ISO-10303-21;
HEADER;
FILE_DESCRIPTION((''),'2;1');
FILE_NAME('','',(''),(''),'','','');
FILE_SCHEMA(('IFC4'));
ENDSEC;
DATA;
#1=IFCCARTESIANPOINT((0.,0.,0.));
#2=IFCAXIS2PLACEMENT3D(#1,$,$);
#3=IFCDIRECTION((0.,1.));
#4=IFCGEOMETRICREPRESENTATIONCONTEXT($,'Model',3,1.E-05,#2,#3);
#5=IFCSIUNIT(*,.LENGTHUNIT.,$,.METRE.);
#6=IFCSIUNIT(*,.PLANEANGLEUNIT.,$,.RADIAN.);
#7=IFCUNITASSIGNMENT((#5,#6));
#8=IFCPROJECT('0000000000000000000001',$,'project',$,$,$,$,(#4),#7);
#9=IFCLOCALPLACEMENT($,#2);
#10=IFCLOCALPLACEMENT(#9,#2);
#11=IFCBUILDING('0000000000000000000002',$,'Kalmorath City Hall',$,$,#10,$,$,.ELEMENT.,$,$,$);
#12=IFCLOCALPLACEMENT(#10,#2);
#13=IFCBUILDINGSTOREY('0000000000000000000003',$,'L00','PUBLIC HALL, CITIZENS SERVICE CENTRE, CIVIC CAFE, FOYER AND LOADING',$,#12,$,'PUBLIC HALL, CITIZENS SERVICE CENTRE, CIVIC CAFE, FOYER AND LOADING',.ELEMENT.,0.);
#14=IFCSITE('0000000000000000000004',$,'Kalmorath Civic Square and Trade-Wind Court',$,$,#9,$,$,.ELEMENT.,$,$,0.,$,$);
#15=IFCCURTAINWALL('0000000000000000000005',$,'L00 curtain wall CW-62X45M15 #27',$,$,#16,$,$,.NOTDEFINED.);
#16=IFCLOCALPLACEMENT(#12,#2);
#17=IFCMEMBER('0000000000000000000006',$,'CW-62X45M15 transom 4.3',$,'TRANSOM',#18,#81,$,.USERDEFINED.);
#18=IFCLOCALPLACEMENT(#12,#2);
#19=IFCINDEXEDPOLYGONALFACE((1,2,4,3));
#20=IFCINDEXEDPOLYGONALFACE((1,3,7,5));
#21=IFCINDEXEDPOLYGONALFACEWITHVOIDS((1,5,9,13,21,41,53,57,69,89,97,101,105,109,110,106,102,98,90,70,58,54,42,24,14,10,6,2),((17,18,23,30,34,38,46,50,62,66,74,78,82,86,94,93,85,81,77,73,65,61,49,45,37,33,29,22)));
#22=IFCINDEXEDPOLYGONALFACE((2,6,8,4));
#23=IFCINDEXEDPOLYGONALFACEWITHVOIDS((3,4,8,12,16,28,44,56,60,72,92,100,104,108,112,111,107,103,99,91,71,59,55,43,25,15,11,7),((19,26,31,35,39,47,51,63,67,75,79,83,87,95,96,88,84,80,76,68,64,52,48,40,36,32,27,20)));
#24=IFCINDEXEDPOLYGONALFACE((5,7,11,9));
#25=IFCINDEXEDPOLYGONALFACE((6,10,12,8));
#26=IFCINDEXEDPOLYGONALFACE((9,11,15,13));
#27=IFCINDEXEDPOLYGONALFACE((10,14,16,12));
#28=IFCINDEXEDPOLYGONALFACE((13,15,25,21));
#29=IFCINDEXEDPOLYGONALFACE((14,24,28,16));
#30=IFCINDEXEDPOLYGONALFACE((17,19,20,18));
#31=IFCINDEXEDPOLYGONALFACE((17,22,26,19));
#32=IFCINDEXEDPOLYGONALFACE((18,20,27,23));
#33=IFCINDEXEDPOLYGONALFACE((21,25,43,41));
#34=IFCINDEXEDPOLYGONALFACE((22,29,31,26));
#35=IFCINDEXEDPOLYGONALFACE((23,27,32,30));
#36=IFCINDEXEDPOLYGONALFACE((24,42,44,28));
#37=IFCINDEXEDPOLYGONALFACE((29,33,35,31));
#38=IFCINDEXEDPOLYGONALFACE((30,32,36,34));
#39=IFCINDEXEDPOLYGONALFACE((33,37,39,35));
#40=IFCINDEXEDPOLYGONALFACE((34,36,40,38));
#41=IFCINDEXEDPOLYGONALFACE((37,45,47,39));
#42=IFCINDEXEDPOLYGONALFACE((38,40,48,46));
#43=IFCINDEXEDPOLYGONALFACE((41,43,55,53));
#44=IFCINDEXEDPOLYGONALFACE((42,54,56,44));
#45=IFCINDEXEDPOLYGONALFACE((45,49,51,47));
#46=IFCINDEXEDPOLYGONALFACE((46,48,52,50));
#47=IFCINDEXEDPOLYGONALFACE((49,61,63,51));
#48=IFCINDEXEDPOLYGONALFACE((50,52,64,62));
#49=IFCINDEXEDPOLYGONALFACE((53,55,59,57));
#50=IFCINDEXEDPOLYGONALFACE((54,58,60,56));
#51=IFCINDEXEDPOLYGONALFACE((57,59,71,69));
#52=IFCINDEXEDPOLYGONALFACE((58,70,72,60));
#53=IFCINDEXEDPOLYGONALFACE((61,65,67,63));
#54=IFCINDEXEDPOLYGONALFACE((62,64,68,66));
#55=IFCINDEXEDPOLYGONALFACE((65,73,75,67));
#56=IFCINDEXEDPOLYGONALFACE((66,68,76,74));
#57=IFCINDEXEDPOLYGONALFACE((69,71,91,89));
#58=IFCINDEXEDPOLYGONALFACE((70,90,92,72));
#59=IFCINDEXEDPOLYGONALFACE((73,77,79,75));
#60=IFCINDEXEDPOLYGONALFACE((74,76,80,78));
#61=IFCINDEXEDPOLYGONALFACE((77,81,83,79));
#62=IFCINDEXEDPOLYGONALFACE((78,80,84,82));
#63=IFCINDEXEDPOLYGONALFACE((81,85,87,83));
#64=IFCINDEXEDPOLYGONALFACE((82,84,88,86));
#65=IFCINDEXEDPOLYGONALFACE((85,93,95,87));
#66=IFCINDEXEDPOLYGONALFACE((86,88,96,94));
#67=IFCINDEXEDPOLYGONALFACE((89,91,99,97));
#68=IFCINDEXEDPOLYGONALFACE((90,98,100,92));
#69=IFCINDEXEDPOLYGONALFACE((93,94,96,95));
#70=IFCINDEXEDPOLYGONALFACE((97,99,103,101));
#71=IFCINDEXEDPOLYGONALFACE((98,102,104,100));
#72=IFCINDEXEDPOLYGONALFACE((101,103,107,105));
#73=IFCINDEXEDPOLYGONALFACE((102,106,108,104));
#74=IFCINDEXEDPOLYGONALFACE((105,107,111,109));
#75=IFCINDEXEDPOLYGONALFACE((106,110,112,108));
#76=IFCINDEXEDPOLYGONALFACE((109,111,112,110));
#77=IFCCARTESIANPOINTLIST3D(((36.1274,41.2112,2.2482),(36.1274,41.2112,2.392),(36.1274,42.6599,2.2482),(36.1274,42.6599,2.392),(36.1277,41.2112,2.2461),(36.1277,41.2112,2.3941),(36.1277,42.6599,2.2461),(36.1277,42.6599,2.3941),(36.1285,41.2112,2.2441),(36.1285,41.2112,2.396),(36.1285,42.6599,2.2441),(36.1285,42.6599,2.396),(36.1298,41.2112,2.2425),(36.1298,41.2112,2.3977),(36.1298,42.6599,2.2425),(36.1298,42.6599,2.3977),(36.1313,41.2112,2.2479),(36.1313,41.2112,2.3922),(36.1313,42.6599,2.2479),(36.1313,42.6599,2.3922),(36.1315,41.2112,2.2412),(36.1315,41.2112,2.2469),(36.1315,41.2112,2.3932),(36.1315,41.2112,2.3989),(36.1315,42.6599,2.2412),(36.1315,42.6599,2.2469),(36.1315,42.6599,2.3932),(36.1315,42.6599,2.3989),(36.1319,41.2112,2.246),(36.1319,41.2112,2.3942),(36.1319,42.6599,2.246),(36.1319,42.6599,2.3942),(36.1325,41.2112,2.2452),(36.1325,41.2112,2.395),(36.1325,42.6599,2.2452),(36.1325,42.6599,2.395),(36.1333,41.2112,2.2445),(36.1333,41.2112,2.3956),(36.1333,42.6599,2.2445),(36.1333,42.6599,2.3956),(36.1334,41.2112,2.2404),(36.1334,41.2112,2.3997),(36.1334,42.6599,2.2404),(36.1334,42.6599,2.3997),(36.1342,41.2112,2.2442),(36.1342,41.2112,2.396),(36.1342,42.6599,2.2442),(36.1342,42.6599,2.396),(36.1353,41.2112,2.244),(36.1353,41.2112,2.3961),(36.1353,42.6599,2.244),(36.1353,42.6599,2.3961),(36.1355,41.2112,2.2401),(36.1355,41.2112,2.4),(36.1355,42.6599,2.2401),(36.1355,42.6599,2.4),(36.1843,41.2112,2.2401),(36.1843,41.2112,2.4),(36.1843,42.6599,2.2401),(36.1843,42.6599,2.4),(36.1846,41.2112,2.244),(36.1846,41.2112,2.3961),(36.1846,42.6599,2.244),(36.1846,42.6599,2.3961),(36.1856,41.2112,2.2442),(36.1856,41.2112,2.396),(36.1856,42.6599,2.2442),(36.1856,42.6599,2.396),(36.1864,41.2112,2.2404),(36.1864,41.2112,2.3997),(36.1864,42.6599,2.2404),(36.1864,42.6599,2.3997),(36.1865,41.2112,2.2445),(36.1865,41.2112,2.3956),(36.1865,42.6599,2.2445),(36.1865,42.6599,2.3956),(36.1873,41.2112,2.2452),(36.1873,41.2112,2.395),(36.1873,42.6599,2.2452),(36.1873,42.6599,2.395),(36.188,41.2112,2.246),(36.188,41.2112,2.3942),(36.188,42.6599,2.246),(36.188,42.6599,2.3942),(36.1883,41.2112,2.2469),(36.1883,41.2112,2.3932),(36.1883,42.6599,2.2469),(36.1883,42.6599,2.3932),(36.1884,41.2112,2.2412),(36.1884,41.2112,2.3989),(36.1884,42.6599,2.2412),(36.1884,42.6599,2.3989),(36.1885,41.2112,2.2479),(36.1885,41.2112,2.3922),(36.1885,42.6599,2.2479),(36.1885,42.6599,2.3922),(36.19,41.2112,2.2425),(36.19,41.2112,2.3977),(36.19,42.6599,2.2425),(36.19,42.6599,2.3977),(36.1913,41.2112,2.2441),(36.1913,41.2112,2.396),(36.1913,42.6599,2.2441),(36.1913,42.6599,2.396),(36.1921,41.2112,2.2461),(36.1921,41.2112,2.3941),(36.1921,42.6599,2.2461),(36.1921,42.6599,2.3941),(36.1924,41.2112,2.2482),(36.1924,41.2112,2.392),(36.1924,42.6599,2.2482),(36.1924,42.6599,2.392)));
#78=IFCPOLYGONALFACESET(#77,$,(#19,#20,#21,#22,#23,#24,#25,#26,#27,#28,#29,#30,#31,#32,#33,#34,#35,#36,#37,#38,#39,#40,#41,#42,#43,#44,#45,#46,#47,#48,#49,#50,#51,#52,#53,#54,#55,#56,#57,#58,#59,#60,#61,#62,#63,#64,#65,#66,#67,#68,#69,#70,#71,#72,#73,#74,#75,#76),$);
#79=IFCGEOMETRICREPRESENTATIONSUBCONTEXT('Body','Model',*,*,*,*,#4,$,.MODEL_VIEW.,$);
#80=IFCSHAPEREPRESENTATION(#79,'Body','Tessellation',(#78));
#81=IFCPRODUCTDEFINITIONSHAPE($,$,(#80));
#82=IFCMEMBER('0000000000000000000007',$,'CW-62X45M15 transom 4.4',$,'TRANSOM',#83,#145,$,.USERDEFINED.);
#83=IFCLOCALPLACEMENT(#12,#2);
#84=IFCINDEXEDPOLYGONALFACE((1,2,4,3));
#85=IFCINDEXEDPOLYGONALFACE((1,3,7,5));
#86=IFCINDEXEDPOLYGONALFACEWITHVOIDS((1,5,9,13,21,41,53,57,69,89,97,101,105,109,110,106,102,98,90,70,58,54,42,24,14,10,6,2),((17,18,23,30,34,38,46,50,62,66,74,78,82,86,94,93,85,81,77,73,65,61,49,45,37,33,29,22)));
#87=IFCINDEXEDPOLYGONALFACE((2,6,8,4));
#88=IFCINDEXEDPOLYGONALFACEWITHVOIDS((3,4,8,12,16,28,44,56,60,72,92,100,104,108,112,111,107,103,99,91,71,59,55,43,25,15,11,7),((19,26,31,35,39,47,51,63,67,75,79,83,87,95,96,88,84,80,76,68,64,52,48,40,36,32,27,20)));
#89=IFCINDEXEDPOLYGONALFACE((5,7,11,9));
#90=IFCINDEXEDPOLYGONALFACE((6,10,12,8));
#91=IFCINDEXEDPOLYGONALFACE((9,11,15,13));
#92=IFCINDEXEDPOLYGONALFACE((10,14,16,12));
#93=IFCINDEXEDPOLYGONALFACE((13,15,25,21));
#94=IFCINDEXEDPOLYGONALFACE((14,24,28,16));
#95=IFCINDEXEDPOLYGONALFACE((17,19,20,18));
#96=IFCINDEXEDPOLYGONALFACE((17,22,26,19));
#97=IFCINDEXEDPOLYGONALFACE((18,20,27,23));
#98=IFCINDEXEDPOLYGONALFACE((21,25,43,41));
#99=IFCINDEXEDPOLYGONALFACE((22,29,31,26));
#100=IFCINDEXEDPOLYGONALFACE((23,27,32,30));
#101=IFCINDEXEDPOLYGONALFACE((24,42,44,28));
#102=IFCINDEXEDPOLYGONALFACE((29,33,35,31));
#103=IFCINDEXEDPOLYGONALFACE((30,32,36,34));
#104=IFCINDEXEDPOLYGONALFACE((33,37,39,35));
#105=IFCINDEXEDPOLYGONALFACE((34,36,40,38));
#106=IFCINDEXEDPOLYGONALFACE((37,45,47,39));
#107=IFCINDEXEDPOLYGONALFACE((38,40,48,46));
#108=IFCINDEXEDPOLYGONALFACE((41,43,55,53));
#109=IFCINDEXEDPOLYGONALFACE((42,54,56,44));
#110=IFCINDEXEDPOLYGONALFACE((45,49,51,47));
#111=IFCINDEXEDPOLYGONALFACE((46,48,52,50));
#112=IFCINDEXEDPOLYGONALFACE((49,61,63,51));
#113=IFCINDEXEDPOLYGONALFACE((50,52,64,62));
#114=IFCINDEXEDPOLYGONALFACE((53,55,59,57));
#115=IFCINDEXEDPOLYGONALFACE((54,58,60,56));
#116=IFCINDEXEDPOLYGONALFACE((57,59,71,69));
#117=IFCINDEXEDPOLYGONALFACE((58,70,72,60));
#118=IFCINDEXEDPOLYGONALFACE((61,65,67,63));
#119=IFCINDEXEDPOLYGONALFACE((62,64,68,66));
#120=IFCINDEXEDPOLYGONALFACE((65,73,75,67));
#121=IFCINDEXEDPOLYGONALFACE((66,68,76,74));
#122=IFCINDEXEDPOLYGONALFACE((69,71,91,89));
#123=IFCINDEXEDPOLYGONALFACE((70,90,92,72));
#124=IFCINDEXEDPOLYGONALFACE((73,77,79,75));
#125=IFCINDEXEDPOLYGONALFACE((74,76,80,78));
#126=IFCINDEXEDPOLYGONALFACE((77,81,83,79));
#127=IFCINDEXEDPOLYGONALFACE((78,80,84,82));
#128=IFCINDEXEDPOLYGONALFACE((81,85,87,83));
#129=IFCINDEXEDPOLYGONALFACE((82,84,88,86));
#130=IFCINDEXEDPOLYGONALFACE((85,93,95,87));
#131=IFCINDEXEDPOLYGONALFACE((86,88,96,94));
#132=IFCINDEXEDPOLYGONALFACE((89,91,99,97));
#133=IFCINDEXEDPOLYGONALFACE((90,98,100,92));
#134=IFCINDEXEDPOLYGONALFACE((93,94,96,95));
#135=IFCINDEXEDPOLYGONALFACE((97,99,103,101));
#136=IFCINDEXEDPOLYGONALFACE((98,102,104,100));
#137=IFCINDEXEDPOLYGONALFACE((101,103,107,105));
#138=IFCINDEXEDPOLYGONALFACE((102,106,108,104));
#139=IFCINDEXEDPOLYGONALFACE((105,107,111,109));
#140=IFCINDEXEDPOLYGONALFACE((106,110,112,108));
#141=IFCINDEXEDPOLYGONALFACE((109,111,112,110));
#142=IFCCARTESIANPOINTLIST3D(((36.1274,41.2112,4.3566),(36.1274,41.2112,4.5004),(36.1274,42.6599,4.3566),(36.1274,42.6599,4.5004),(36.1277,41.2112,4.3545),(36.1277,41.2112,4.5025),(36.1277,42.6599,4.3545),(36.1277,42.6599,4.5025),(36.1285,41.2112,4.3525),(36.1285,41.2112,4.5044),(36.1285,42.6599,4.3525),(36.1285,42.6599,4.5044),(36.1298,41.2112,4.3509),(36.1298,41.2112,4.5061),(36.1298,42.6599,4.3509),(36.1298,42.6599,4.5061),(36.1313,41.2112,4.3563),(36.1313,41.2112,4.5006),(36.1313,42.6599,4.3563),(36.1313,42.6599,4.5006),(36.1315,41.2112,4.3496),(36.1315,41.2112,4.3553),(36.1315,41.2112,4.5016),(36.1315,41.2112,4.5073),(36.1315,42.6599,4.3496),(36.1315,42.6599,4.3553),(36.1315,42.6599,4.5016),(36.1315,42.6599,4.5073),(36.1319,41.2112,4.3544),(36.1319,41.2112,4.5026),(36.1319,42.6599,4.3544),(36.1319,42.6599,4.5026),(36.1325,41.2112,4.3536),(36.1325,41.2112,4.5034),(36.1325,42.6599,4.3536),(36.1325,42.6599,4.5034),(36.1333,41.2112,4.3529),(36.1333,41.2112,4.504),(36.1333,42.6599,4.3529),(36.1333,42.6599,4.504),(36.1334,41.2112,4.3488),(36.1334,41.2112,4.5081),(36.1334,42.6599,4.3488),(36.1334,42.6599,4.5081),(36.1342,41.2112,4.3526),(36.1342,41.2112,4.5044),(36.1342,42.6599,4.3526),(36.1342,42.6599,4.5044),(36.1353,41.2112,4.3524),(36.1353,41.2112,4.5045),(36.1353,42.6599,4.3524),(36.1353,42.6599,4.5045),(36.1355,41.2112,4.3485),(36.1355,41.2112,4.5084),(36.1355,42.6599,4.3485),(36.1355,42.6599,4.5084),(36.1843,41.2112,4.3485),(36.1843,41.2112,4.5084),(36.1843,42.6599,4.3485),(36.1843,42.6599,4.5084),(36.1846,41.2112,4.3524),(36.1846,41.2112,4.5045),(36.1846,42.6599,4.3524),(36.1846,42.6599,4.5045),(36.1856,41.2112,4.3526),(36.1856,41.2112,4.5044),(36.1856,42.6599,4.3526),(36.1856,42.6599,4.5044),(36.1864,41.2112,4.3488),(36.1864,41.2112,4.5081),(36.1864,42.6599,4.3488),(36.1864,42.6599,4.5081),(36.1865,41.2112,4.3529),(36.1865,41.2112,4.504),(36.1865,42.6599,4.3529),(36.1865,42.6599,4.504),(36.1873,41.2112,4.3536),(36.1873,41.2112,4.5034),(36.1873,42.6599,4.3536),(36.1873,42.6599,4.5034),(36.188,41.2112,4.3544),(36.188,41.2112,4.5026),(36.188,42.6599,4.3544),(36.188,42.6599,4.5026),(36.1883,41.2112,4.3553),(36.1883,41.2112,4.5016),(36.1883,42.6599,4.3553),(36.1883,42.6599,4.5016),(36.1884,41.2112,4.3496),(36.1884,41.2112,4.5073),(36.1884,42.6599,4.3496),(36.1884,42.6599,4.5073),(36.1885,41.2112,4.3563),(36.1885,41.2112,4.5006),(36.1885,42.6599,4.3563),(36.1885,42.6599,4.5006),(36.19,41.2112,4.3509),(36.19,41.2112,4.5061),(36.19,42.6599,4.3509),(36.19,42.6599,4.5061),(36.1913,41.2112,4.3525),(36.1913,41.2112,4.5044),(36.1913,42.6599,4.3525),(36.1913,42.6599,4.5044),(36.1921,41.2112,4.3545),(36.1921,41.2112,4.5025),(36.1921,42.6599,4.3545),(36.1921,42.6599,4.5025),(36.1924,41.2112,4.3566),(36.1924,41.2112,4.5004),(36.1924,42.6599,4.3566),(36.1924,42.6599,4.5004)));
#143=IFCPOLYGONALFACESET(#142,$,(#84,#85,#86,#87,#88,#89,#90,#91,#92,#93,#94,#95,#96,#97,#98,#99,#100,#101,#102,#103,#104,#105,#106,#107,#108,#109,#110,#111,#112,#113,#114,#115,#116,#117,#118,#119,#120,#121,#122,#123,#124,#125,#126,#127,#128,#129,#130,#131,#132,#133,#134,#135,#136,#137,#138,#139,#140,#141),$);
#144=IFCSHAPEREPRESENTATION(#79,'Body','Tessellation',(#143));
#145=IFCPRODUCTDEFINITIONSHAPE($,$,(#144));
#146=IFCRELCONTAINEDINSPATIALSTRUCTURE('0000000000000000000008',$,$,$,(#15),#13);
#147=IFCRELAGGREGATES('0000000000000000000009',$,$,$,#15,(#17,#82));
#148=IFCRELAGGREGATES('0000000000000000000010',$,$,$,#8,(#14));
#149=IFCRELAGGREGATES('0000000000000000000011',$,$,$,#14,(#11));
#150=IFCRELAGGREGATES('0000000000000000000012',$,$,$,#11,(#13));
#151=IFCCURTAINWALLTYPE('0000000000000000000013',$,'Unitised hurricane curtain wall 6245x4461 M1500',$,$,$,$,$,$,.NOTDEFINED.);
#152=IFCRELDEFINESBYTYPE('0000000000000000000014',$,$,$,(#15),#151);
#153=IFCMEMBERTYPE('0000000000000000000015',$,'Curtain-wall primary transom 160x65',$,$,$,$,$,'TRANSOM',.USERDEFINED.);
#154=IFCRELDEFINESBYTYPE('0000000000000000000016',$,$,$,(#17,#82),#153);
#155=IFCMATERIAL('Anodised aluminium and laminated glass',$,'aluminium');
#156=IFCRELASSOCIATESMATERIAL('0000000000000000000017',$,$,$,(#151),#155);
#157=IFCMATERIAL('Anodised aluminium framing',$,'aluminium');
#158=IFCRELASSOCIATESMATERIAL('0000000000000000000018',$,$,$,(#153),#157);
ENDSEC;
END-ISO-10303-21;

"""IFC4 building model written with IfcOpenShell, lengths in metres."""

from ifc_helpers import new_model, si_unit, direction, frame, origin, origin_2d, place, context, subcontext, project, spatial, hollow_rectangle, extrude, material, material_profile, profile_set, type_object, element, aggregate, save


model = new_model("IFC4")

# Units and contexts
model_context = context("Model", 3, precision=1e-05, world=origin(), true_north=direction((0.0, 1.0)))
body_context = subcontext(model_context, "Body", "Model", "MODEL_VIEW")
ifc_project = project(units=[si_unit("LENGTHUNIT", "METRE"), si_unit("PLANEANGLEUNIT", "RADIAN")], contexts=[model_context])

# Site, building, storey
site_placement = place(None, origin())
site = spatial("IfcSite", under=ifc_project, at=site_placement, Name="Kalmorath Civic Square and Trade-Wind Court", CompositionType="ELEMENT", RefElevation=0.0)
building_placement = place(site_placement, origin())
building = spatial("IfcBuilding", under=site, at=building_placement, Name="Kalmorath City Hall", CompositionType="ELEMENT")
storey_placement = place(building_placement, origin())
storey = spatial("IfcBuildingStorey", under=building, at=storey_placement, Name="L00", Description="PUBLIC HALL, CITIZENS SERVICE CENTRE, CIVIC CAFE, FOYER AND LOADING", LongName="PUBLIC HALL, CITIZENS SERVICE CENTRE, CIVIC CAFE, FOYER AND LOADING", CompositionType="ELEMENT", Elevation=0.0)

# Curtain wall
ifc_material_1 = material(Name="Anodised aluminium and laminated glass", Category="aluminium")
curtain_wall_type_1 = type_object("IfcCurtainWallType", Name="Unitised hurricane curtain wall 6245x4461 M1500", PredefinedType="NOTDEFINED", material=ifc_material_1)
curtain_wall_1_placement = place(storey_placement, origin())
curtain_wall_1 = element("IfcCurtainWall", 1, at=curtain_wall_1_placement, inside=storey, type_object=curtain_wall_type_1, Name="L00 curtain wall CW-62X45M15 #27", PredefinedType="NOTDEFINED")

# Members
ifc_material_2 = material(Name="Anodised aluminium framing", Category="aluminium")
ifc_material_profile_1 = material_profile(ifc_material_2, hollow_rectangle(XDim=0.0649, YDim=0.1599, WallThickness=0.0039, InnerFilletRadius=0.0039, OuterFilletRadius=0.0081, at=origin_2d()), Name="ALU-TRN-160X65X4")
ifc_profile_set_1 = profile_set([ifc_material_profile_1], Name="Anodised aluminium framing")
member_type_1 = type_object("IfcMemberType", Name="Curtain-wall primary transom 160x65", ElementType="TRANSOM", PredefinedType="USERDEFINED", material=ifc_profile_set_1)
member_1_placement = place(storey_placement, frame((36.1599, 41.2112, 2.3201), z_axis=(0.0, 1.0, 0.0), x_axis=(-1.0, 0.0, 0.0)))
member_1 = element("IfcMember", 2, at=member_1_placement, type_object=member_type_1, Name="CW-62X45M15 transom 4.3", ObjectType="TRANSOM", PredefinedType="USERDEFINED", context=body_context, shape_type="SweptSolid", body=[
    extrude(hollow_rectangle(XDim=0.0649, YDim=0.1599, WallThickness=0.0039, InnerFilletRadius=0.0039, OuterFilletRadius=0.0081, at=origin_2d()), origin(), (0.0, 0.0, 1.0), 1.4487),
])
member_2_placement = place(storey_placement, frame((36.1599, 41.2112, 4.4285), z_axis=(0.0, 1.0, 0.0), x_axis=(-1.0, 0.0, 0.0)))
member_2 = element("IfcMember", 3, at=member_2_placement, type_object=member_type_1, Name="CW-62X45M15 transom 4.4", ObjectType="TRANSOM", PredefinedType="USERDEFINED", context=body_context, shape_type="SweptSolid", body=[
    extrude(hollow_rectangle(XDim=0.0649, YDim=0.1599, WallThickness=0.0039, InnerFilletRadius=0.0039, OuterFilletRadius=0.0081, at=origin_2d()), origin(), (0.0, 0.0, 1.0), 1.4487),
])

aggregate(curtain_wall_1, [member_1, member_2])

save(model, "model.ifc")
